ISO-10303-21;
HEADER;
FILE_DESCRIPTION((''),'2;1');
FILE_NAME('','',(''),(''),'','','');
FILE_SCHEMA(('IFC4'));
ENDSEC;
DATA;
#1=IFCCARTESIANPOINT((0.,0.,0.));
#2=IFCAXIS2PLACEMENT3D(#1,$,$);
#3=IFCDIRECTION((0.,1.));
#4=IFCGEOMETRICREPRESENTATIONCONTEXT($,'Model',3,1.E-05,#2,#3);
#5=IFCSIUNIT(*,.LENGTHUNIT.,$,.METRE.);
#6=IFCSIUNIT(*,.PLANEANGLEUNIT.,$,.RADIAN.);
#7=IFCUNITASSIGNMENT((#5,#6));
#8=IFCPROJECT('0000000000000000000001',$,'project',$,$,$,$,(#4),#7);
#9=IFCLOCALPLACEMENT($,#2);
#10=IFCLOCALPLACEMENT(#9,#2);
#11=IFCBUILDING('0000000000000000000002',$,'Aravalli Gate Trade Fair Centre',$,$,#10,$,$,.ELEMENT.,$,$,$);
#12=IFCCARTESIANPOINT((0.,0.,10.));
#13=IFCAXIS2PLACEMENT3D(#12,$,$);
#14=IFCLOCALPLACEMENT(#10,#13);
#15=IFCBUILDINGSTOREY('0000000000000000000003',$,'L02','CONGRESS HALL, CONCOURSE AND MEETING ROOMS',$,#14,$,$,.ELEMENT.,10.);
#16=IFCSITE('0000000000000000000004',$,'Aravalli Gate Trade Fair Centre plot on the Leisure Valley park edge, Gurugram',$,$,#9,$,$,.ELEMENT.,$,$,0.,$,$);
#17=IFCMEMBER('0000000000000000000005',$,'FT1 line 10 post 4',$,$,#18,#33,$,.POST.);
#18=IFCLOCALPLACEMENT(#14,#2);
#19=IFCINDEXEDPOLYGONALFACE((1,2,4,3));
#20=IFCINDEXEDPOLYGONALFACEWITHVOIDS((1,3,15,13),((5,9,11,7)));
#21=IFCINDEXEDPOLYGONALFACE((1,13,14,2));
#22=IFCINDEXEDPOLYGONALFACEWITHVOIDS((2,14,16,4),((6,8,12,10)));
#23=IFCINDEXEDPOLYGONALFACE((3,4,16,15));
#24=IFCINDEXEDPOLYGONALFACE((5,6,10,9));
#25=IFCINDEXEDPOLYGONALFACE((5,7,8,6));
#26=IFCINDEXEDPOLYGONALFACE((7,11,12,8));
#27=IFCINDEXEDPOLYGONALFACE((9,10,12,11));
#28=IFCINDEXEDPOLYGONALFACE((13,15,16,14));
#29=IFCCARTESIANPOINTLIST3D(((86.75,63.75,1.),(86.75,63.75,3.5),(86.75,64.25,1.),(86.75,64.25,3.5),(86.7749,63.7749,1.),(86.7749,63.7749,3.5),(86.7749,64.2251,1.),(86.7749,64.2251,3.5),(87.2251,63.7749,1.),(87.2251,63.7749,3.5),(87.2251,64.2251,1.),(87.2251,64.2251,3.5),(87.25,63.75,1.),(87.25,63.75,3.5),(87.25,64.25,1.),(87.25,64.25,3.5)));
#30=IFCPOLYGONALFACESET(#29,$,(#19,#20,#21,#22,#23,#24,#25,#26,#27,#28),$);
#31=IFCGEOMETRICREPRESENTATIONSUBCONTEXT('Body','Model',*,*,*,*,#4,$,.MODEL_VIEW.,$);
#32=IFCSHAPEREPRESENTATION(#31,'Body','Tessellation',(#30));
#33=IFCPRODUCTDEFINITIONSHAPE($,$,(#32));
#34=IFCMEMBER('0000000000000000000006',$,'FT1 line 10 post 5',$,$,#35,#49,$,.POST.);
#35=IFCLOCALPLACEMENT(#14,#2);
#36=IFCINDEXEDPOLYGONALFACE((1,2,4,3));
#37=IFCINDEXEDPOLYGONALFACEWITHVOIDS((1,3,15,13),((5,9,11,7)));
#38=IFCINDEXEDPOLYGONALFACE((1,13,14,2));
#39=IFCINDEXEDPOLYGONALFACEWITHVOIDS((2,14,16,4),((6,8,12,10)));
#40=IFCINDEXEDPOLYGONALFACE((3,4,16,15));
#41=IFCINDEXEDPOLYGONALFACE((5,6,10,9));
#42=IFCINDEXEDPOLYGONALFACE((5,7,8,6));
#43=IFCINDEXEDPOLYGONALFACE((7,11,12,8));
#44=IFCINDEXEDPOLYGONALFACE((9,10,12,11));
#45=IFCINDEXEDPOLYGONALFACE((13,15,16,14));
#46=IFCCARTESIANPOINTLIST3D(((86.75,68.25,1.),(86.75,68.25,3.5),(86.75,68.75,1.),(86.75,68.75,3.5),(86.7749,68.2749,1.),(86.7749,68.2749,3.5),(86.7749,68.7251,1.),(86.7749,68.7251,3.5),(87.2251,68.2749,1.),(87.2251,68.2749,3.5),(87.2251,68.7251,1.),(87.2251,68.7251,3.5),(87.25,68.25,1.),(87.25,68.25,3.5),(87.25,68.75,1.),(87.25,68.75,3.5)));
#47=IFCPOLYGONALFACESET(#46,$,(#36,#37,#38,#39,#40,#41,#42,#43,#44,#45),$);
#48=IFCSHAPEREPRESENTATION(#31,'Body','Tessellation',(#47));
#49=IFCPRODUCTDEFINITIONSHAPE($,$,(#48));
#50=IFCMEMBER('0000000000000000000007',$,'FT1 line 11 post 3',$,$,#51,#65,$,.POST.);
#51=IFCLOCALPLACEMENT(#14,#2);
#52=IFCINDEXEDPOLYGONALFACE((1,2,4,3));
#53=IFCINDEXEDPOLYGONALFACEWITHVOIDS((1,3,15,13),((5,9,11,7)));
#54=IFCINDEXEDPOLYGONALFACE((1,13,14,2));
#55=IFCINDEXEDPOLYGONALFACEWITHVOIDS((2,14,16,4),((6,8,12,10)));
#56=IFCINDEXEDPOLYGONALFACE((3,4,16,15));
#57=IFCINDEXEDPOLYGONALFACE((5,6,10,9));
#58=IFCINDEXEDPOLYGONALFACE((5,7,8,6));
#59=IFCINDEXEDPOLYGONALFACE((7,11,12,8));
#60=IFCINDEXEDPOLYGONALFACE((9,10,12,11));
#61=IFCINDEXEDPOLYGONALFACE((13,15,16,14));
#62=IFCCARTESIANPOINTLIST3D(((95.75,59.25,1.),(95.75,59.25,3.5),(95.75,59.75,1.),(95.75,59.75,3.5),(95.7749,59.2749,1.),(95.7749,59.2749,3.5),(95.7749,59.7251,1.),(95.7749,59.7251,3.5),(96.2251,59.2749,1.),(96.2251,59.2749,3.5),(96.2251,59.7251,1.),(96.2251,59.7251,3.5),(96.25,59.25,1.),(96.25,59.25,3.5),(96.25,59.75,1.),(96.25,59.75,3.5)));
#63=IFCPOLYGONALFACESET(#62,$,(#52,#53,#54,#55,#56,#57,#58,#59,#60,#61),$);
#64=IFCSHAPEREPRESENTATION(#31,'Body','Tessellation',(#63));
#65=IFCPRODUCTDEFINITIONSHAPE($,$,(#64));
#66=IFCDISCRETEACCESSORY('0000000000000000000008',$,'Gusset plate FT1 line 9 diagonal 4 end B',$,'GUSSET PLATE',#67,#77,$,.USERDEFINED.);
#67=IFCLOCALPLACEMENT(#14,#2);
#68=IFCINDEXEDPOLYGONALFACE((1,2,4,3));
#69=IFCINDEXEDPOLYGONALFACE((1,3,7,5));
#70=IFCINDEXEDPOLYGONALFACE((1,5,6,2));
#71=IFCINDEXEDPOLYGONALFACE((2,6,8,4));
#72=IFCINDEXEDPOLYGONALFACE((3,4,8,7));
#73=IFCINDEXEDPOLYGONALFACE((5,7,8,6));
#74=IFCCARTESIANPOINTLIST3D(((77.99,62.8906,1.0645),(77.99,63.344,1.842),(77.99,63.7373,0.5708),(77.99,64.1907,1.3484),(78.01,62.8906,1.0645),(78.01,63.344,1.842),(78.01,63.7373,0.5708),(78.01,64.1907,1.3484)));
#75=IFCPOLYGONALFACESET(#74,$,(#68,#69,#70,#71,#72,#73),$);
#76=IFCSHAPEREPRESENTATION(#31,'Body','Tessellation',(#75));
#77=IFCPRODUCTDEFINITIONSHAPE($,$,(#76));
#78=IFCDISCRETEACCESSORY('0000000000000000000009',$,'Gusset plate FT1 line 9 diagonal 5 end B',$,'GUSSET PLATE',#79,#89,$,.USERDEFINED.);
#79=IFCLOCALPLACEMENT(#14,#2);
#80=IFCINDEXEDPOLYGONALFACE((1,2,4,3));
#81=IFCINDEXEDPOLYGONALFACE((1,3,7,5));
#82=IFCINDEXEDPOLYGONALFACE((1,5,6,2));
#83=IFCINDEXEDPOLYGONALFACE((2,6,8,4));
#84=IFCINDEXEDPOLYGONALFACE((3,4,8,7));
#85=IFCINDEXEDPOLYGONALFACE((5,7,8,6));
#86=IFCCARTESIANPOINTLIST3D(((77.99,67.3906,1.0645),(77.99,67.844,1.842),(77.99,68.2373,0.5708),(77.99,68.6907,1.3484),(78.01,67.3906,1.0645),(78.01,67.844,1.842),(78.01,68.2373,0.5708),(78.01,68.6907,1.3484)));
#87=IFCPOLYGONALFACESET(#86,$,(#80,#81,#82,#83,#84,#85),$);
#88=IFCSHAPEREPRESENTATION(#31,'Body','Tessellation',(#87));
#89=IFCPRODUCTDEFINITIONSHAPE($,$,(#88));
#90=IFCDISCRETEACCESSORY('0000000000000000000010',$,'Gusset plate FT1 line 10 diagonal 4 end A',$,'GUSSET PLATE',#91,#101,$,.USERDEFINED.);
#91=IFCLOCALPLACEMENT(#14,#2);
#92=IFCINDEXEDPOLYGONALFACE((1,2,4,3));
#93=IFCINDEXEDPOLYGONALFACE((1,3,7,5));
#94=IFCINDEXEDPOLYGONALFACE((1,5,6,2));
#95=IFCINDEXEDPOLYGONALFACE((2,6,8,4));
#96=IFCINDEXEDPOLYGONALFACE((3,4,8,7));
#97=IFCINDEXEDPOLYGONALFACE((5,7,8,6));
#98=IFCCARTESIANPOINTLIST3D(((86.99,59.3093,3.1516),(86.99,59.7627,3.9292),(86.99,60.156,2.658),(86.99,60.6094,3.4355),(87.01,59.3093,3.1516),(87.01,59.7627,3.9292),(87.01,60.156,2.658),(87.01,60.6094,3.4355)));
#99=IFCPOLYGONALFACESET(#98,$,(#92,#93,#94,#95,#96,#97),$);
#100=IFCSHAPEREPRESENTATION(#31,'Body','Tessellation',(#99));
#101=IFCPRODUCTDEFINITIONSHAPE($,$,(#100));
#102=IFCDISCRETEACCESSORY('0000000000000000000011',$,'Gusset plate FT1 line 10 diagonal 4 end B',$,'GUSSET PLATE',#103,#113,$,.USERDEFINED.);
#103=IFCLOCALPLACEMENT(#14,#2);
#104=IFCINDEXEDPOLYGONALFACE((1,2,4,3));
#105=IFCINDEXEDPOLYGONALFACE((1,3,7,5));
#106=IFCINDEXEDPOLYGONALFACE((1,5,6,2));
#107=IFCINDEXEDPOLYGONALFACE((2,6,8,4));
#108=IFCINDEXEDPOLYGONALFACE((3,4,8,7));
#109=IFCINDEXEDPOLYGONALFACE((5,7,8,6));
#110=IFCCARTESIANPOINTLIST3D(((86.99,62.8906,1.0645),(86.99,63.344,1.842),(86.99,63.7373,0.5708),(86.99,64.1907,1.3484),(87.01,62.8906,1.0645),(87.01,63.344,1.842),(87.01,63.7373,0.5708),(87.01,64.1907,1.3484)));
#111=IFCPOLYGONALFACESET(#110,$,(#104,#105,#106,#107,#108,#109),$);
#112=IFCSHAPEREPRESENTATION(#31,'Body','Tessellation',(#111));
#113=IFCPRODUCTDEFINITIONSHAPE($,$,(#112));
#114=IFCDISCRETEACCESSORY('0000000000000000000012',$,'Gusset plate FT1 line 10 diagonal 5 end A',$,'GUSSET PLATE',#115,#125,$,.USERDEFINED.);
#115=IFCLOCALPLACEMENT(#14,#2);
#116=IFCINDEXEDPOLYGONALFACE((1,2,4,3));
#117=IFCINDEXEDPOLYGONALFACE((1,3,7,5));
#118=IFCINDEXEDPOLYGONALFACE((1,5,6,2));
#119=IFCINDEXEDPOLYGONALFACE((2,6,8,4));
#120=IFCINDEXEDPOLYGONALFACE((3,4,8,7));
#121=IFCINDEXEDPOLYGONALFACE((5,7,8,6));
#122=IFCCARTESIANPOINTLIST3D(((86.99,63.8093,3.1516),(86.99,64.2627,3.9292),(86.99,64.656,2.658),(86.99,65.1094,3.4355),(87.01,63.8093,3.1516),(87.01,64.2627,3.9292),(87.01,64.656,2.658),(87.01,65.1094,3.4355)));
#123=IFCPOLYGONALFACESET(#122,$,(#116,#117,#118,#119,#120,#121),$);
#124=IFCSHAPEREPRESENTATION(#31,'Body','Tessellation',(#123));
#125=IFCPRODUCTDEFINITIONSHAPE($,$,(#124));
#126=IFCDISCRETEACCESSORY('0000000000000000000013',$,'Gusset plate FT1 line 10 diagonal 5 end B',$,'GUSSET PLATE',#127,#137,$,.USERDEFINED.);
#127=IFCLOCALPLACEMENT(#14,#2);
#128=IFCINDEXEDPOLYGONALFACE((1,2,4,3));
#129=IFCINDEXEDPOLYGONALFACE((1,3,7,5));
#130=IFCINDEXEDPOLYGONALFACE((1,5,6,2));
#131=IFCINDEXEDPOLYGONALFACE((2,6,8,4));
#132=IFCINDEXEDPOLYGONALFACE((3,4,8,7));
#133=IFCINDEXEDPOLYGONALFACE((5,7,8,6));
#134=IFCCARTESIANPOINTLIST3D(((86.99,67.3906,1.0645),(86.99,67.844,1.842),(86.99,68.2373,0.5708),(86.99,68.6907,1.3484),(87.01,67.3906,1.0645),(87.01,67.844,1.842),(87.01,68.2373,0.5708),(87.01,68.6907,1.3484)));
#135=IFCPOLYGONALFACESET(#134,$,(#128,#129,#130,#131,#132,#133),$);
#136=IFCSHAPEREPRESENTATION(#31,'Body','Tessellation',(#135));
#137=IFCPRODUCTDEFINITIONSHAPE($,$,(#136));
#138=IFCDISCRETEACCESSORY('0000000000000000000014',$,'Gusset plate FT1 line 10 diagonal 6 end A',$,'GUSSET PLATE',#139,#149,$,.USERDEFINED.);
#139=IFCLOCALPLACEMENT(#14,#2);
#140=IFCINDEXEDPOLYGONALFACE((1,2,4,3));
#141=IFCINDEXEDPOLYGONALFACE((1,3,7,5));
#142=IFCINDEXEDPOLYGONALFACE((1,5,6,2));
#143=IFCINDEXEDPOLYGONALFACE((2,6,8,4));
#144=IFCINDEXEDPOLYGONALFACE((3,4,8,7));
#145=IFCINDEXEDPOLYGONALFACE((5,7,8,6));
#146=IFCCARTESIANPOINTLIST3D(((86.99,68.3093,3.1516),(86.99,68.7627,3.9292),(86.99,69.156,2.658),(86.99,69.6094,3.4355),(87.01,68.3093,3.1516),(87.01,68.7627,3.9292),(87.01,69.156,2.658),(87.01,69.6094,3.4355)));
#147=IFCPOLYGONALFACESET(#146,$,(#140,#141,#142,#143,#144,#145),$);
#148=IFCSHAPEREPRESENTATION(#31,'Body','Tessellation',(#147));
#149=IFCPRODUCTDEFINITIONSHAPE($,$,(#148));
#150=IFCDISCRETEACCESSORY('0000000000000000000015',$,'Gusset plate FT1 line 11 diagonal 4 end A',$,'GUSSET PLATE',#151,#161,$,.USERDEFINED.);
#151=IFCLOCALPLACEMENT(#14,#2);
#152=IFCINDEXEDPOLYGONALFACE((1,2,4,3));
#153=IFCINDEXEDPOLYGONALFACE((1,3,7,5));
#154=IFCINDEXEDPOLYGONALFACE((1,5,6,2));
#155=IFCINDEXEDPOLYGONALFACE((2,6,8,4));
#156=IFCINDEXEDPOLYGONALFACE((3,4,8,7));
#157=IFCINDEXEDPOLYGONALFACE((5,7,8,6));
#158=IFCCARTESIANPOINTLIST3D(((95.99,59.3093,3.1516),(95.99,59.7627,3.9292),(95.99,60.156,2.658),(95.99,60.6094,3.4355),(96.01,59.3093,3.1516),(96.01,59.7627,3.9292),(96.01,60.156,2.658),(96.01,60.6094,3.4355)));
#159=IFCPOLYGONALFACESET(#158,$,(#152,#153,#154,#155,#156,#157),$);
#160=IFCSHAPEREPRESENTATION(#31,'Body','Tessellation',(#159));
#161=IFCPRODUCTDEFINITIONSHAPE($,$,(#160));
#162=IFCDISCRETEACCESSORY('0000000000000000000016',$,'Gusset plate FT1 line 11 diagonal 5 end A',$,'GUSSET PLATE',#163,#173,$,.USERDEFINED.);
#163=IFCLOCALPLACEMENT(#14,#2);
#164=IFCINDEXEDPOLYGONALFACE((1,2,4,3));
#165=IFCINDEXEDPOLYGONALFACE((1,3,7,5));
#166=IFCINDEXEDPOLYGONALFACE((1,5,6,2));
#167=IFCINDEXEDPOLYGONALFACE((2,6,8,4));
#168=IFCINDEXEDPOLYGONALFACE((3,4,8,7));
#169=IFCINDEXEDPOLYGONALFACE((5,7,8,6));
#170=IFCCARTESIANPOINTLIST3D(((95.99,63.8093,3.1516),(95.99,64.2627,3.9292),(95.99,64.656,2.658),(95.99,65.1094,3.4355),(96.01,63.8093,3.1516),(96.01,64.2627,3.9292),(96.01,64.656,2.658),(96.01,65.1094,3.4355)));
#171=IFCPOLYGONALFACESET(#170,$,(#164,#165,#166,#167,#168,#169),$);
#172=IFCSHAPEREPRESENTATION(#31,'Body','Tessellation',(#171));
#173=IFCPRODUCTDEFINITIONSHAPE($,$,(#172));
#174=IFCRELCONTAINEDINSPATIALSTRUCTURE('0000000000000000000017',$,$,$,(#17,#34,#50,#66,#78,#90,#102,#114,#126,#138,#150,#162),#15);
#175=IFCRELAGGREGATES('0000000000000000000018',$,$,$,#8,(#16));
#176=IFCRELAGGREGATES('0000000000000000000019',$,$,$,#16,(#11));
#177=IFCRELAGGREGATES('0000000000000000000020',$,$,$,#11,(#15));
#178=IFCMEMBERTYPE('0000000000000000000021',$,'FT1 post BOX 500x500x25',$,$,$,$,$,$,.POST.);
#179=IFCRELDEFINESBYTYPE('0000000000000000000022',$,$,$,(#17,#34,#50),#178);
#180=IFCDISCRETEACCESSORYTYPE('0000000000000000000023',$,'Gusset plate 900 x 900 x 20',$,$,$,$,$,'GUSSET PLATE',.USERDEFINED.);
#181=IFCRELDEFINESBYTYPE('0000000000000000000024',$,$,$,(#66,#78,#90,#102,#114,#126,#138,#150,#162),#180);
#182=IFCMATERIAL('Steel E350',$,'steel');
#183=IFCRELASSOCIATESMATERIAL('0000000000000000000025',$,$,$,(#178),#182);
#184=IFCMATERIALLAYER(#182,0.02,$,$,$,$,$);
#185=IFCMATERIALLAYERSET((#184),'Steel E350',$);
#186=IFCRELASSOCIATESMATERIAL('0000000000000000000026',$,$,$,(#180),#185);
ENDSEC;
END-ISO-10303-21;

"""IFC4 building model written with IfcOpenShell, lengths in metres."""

from ifc_helpers import new_model, si_unit, direction, frame, origin, origin_2d, place, context, subcontext, project, spatial, polyline, hollow_rectangle, outline, extrude, material, layer, layer_set, material_profile, profile_set, type_object, element, save


model = new_model("IFC4")

# Units and contexts
model_context = context("Model", 3, precision=1e-05, world=origin(), true_north=direction((0.0, 1.0)))
body_context = subcontext(model_context, "Body", "Model", "MODEL_VIEW")
ifc_project = project(units=[si_unit("LENGTHUNIT", "METRE"), si_unit("PLANEANGLEUNIT", "RADIAN")], contexts=[model_context])

# Site, building, storey
site_placement = place(None, origin())
site = spatial("IfcSite", under=ifc_project, at=site_placement, Name="Aravalli Gate Trade Fair Centre plot on the Leisure Valley park edge, Gurugram", CompositionType="ELEMENT", RefElevation=0.0)
building_placement = place(site_placement, origin())
building = spatial("IfcBuilding", under=site, at=building_placement, Name="Aravalli Gate Trade Fair Centre", CompositionType="ELEMENT")
storey_placement = place(building_placement, frame((0.0, 0.0, 10.0)))
storey = spatial("IfcBuildingStorey", under=building, at=storey_placement, Name="L02", Description="CONGRESS HALL, CONCOURSE AND MEETING ROOMS", CompositionType="ELEMENT", Elevation=10.0)

# Members
ifc_material = material(Name="Steel E350", Category="steel")
ifc_material_profile_1 = material_profile(ifc_material, hollow_rectangle(XDim=0.5, YDim=0.5, WallThickness=0.0249, at=origin_2d()), Name="BOX 500x500x25")
ifc_profile_set_1 = profile_set([ifc_material_profile_1], Name="Steel E350")
member_type_1 = type_object("IfcMemberType", Name="FT1 post BOX 500x500x25", PredefinedType="POST", material=ifc_profile_set_1)
for number, where, z_axis, x_axis, name in (
    (1, (87.0, 64.0, 1.0), (0.0, 0.0, 1.0), (1.0, 0.0, 0.0), "FT1 line 10 post 4"),
    (2, (87.0, 68.5, 1.0), (0.0, 0.0, 1.0), (1.0, 0.0, 0.0), "FT1 line 10 post 5"),
    (3, (96.0, 59.5, 1.0), (0.0, 0.0, 1.0), (1.0, 0.0, 0.0), "FT1 line 11 post 3"),
):
    element("IfcMember", number, at=place(storey_placement, frame(where, z_axis=z_axis, x_axis=x_axis)), inside=storey, type_object=member_type_1, Name=name, PredefinedType="POST", context=body_context, shape_type="SweptSolid", body=[
        extrude(hollow_rectangle(XDim=0.5, YDim=0.5, WallThickness=0.0249, at=origin_2d()), origin(), (0.0, 0.0, 1.0), 2.5),
    ])

# Discrete accessories
ifc_layer = layer(ifc_material, 0.02)
ifc_layer_set = layer_set([ifc_layer], Name="Steel E350")
discrete_accessory_type = type_object("IfcDiscreteAccessoryType", Name="Gusset plate 900 x 900 x 20", ElementType="GUSSET PLATE", PredefinedType="USERDEFINED", material=ifc_layer_set)
for number, where, z_axis, x_axis, name in (
    (4, (78.01, 62.8906, 1.0645), (1.0, 0.0, 0.0), (0.0, 0.863887, -0.503685), "Gusset plate FT1 line 9 diagonal 4 end B"),
    (5, (78.01, 67.3906, 1.0645), (1.0, 0.0, 0.0), (0.0, 0.863887, -0.503685), "Gusset plate FT1 line 9 diagonal 5 end B"),
):
    element("IfcDiscreteAccessory", number, at=place(storey_placement, frame(where, z_axis=z_axis, x_axis=x_axis)), inside=storey, type_object=discrete_accessory_type, Name=name, ObjectType="GUSSET PLATE", PredefinedType="USERDEFINED", context=body_context, shape_type="SweptSolid", body=[
        extrude(outline(polyline([(0.0, 0.0), (0.9801, 0.0), (0.9801, 0.9001), (0.0, 0.9001), (0.0, 0.0)])), origin(), (0.0, 0.0, -1.0), 0.02),
    ])
discrete_accessory_1_placement = place(storey_placement, frame((86.99, 60.156, 2.658), z_axis=(-1.0, 0.0, 0.0), x_axis=(0.0, -0.863887, 0.503685)))
element("IfcDiscreteAccessory", 6, at=discrete_accessory_1_placement, inside=storey, type_object=discrete_accessory_type, Name="Gusset plate FT1 line 10 diagonal 4 end A", ObjectType="GUSSET PLATE", PredefinedType="USERDEFINED", context=body_context, shape_type="SweptSolid", body=[
    extrude(outline(polyline([(0.0, 0.0), (0.9801, 0.0), (0.9801, 0.9001), (0.0, 0.9001), (0.0, 0.0)])), origin(), (0.0, 0.0, -1.0), 0.02),
])
discrete_accessory_2_placement = place(storey_placement, frame((87.01, 62.8906, 1.0645), z_axis=(1.0, 0.0, 0.0), x_axis=(0.0, 0.863887, -0.503685)))
element("IfcDiscreteAccessory", 7, at=discrete_accessory_2_placement, inside=storey, type_object=discrete_accessory_type, Name="Gusset plate FT1 line 10 diagonal 4 end B", ObjectType="GUSSET PLATE", PredefinedType="USERDEFINED", context=body_context, shape_type="SweptSolid", body=[
    extrude(outline(polyline([(0.0, 0.0), (0.9801, 0.0), (0.9801, 0.9001), (0.0, 0.9001), (0.0, 0.0)])), origin(), (0.0, 0.0, -1.0), 0.02),
])
discrete_accessory_3_placement = place(storey_placement, frame((86.99, 64.656, 2.658), z_axis=(-1.0, 0.0, 0.0), x_axis=(0.0, -0.863887, 0.503685)))
element("IfcDiscreteAccessory", 8, at=discrete_accessory_3_placement, inside=storey, type_object=discrete_accessory_type, Name="Gusset plate FT1 line 10 diagonal 5 end A", ObjectType="GUSSET PLATE", PredefinedType="USERDEFINED", context=body_context, shape_type="SweptSolid", body=[
    extrude(outline(polyline([(0.0, 0.0), (0.9801, 0.0), (0.9801, 0.9001), (0.0, 0.9001), (0.0, 0.0)])), origin(), (0.0, 0.0, -1.0), 0.02),
])
discrete_accessory_4_placement = place(storey_placement, frame((87.01, 67.3906, 1.0645), z_axis=(1.0, 0.0, 0.0), x_axis=(0.0, 0.863887, -0.503685)))
element("IfcDiscreteAccessory", 9, at=discrete_accessory_4_placement, inside=storey, type_object=discrete_accessory_type, Name="Gusset plate FT1 line 10 diagonal 5 end B", ObjectType="GUSSET PLATE", PredefinedType="USERDEFINED", context=body_context, shape_type="SweptSolid", body=[
    extrude(outline(polyline([(0.0, 0.0), (0.9801, 0.0), (0.9801, 0.9001), (0.0, 0.9001), (0.0, 0.0)])), origin(), (0.0, 0.0, -1.0), 0.02),
])
for number, where, z_axis, x_axis, name in (
    (10, (86.99, 69.156, 2.658), (-1.0, 0.0, 0.0), (0.0, -0.863887, 0.503685), "Gusset plate FT1 line 10 diagonal 6 end A"),
    (11, (95.99, 60.156, 2.658), (-1.0, 0.0, 0.0), (0.0, -0.863887, 0.503685), "Gusset plate FT1 line 11 diagonal 4 end A"),
    (12, (95.99, 64.656, 2.658), (-1.0, 0.0, 0.0), (0.0, -0.863887, 0.503685), "Gusset plate FT1 line 11 diagonal 5 end A"),
):
    element("IfcDiscreteAccessory", number, at=place(storey_placement, frame(where, z_axis=z_axis, x_axis=x_axis)), inside=storey, type_object=discrete_accessory_type, Name=name, ObjectType="GUSSET PLATE", PredefinedType="USERDEFINED", context=body_context, shape_type="SweptSolid", body=[
        extrude(outline(polyline([(0.0, 0.0), (0.9801, 0.0), (0.9801, 0.9001), (0.0, 0.9001), (0.0, 0.0)])), origin(), (0.0, 0.0, -1.0), 0.02),
    ])

save(model, "model.ifc")
